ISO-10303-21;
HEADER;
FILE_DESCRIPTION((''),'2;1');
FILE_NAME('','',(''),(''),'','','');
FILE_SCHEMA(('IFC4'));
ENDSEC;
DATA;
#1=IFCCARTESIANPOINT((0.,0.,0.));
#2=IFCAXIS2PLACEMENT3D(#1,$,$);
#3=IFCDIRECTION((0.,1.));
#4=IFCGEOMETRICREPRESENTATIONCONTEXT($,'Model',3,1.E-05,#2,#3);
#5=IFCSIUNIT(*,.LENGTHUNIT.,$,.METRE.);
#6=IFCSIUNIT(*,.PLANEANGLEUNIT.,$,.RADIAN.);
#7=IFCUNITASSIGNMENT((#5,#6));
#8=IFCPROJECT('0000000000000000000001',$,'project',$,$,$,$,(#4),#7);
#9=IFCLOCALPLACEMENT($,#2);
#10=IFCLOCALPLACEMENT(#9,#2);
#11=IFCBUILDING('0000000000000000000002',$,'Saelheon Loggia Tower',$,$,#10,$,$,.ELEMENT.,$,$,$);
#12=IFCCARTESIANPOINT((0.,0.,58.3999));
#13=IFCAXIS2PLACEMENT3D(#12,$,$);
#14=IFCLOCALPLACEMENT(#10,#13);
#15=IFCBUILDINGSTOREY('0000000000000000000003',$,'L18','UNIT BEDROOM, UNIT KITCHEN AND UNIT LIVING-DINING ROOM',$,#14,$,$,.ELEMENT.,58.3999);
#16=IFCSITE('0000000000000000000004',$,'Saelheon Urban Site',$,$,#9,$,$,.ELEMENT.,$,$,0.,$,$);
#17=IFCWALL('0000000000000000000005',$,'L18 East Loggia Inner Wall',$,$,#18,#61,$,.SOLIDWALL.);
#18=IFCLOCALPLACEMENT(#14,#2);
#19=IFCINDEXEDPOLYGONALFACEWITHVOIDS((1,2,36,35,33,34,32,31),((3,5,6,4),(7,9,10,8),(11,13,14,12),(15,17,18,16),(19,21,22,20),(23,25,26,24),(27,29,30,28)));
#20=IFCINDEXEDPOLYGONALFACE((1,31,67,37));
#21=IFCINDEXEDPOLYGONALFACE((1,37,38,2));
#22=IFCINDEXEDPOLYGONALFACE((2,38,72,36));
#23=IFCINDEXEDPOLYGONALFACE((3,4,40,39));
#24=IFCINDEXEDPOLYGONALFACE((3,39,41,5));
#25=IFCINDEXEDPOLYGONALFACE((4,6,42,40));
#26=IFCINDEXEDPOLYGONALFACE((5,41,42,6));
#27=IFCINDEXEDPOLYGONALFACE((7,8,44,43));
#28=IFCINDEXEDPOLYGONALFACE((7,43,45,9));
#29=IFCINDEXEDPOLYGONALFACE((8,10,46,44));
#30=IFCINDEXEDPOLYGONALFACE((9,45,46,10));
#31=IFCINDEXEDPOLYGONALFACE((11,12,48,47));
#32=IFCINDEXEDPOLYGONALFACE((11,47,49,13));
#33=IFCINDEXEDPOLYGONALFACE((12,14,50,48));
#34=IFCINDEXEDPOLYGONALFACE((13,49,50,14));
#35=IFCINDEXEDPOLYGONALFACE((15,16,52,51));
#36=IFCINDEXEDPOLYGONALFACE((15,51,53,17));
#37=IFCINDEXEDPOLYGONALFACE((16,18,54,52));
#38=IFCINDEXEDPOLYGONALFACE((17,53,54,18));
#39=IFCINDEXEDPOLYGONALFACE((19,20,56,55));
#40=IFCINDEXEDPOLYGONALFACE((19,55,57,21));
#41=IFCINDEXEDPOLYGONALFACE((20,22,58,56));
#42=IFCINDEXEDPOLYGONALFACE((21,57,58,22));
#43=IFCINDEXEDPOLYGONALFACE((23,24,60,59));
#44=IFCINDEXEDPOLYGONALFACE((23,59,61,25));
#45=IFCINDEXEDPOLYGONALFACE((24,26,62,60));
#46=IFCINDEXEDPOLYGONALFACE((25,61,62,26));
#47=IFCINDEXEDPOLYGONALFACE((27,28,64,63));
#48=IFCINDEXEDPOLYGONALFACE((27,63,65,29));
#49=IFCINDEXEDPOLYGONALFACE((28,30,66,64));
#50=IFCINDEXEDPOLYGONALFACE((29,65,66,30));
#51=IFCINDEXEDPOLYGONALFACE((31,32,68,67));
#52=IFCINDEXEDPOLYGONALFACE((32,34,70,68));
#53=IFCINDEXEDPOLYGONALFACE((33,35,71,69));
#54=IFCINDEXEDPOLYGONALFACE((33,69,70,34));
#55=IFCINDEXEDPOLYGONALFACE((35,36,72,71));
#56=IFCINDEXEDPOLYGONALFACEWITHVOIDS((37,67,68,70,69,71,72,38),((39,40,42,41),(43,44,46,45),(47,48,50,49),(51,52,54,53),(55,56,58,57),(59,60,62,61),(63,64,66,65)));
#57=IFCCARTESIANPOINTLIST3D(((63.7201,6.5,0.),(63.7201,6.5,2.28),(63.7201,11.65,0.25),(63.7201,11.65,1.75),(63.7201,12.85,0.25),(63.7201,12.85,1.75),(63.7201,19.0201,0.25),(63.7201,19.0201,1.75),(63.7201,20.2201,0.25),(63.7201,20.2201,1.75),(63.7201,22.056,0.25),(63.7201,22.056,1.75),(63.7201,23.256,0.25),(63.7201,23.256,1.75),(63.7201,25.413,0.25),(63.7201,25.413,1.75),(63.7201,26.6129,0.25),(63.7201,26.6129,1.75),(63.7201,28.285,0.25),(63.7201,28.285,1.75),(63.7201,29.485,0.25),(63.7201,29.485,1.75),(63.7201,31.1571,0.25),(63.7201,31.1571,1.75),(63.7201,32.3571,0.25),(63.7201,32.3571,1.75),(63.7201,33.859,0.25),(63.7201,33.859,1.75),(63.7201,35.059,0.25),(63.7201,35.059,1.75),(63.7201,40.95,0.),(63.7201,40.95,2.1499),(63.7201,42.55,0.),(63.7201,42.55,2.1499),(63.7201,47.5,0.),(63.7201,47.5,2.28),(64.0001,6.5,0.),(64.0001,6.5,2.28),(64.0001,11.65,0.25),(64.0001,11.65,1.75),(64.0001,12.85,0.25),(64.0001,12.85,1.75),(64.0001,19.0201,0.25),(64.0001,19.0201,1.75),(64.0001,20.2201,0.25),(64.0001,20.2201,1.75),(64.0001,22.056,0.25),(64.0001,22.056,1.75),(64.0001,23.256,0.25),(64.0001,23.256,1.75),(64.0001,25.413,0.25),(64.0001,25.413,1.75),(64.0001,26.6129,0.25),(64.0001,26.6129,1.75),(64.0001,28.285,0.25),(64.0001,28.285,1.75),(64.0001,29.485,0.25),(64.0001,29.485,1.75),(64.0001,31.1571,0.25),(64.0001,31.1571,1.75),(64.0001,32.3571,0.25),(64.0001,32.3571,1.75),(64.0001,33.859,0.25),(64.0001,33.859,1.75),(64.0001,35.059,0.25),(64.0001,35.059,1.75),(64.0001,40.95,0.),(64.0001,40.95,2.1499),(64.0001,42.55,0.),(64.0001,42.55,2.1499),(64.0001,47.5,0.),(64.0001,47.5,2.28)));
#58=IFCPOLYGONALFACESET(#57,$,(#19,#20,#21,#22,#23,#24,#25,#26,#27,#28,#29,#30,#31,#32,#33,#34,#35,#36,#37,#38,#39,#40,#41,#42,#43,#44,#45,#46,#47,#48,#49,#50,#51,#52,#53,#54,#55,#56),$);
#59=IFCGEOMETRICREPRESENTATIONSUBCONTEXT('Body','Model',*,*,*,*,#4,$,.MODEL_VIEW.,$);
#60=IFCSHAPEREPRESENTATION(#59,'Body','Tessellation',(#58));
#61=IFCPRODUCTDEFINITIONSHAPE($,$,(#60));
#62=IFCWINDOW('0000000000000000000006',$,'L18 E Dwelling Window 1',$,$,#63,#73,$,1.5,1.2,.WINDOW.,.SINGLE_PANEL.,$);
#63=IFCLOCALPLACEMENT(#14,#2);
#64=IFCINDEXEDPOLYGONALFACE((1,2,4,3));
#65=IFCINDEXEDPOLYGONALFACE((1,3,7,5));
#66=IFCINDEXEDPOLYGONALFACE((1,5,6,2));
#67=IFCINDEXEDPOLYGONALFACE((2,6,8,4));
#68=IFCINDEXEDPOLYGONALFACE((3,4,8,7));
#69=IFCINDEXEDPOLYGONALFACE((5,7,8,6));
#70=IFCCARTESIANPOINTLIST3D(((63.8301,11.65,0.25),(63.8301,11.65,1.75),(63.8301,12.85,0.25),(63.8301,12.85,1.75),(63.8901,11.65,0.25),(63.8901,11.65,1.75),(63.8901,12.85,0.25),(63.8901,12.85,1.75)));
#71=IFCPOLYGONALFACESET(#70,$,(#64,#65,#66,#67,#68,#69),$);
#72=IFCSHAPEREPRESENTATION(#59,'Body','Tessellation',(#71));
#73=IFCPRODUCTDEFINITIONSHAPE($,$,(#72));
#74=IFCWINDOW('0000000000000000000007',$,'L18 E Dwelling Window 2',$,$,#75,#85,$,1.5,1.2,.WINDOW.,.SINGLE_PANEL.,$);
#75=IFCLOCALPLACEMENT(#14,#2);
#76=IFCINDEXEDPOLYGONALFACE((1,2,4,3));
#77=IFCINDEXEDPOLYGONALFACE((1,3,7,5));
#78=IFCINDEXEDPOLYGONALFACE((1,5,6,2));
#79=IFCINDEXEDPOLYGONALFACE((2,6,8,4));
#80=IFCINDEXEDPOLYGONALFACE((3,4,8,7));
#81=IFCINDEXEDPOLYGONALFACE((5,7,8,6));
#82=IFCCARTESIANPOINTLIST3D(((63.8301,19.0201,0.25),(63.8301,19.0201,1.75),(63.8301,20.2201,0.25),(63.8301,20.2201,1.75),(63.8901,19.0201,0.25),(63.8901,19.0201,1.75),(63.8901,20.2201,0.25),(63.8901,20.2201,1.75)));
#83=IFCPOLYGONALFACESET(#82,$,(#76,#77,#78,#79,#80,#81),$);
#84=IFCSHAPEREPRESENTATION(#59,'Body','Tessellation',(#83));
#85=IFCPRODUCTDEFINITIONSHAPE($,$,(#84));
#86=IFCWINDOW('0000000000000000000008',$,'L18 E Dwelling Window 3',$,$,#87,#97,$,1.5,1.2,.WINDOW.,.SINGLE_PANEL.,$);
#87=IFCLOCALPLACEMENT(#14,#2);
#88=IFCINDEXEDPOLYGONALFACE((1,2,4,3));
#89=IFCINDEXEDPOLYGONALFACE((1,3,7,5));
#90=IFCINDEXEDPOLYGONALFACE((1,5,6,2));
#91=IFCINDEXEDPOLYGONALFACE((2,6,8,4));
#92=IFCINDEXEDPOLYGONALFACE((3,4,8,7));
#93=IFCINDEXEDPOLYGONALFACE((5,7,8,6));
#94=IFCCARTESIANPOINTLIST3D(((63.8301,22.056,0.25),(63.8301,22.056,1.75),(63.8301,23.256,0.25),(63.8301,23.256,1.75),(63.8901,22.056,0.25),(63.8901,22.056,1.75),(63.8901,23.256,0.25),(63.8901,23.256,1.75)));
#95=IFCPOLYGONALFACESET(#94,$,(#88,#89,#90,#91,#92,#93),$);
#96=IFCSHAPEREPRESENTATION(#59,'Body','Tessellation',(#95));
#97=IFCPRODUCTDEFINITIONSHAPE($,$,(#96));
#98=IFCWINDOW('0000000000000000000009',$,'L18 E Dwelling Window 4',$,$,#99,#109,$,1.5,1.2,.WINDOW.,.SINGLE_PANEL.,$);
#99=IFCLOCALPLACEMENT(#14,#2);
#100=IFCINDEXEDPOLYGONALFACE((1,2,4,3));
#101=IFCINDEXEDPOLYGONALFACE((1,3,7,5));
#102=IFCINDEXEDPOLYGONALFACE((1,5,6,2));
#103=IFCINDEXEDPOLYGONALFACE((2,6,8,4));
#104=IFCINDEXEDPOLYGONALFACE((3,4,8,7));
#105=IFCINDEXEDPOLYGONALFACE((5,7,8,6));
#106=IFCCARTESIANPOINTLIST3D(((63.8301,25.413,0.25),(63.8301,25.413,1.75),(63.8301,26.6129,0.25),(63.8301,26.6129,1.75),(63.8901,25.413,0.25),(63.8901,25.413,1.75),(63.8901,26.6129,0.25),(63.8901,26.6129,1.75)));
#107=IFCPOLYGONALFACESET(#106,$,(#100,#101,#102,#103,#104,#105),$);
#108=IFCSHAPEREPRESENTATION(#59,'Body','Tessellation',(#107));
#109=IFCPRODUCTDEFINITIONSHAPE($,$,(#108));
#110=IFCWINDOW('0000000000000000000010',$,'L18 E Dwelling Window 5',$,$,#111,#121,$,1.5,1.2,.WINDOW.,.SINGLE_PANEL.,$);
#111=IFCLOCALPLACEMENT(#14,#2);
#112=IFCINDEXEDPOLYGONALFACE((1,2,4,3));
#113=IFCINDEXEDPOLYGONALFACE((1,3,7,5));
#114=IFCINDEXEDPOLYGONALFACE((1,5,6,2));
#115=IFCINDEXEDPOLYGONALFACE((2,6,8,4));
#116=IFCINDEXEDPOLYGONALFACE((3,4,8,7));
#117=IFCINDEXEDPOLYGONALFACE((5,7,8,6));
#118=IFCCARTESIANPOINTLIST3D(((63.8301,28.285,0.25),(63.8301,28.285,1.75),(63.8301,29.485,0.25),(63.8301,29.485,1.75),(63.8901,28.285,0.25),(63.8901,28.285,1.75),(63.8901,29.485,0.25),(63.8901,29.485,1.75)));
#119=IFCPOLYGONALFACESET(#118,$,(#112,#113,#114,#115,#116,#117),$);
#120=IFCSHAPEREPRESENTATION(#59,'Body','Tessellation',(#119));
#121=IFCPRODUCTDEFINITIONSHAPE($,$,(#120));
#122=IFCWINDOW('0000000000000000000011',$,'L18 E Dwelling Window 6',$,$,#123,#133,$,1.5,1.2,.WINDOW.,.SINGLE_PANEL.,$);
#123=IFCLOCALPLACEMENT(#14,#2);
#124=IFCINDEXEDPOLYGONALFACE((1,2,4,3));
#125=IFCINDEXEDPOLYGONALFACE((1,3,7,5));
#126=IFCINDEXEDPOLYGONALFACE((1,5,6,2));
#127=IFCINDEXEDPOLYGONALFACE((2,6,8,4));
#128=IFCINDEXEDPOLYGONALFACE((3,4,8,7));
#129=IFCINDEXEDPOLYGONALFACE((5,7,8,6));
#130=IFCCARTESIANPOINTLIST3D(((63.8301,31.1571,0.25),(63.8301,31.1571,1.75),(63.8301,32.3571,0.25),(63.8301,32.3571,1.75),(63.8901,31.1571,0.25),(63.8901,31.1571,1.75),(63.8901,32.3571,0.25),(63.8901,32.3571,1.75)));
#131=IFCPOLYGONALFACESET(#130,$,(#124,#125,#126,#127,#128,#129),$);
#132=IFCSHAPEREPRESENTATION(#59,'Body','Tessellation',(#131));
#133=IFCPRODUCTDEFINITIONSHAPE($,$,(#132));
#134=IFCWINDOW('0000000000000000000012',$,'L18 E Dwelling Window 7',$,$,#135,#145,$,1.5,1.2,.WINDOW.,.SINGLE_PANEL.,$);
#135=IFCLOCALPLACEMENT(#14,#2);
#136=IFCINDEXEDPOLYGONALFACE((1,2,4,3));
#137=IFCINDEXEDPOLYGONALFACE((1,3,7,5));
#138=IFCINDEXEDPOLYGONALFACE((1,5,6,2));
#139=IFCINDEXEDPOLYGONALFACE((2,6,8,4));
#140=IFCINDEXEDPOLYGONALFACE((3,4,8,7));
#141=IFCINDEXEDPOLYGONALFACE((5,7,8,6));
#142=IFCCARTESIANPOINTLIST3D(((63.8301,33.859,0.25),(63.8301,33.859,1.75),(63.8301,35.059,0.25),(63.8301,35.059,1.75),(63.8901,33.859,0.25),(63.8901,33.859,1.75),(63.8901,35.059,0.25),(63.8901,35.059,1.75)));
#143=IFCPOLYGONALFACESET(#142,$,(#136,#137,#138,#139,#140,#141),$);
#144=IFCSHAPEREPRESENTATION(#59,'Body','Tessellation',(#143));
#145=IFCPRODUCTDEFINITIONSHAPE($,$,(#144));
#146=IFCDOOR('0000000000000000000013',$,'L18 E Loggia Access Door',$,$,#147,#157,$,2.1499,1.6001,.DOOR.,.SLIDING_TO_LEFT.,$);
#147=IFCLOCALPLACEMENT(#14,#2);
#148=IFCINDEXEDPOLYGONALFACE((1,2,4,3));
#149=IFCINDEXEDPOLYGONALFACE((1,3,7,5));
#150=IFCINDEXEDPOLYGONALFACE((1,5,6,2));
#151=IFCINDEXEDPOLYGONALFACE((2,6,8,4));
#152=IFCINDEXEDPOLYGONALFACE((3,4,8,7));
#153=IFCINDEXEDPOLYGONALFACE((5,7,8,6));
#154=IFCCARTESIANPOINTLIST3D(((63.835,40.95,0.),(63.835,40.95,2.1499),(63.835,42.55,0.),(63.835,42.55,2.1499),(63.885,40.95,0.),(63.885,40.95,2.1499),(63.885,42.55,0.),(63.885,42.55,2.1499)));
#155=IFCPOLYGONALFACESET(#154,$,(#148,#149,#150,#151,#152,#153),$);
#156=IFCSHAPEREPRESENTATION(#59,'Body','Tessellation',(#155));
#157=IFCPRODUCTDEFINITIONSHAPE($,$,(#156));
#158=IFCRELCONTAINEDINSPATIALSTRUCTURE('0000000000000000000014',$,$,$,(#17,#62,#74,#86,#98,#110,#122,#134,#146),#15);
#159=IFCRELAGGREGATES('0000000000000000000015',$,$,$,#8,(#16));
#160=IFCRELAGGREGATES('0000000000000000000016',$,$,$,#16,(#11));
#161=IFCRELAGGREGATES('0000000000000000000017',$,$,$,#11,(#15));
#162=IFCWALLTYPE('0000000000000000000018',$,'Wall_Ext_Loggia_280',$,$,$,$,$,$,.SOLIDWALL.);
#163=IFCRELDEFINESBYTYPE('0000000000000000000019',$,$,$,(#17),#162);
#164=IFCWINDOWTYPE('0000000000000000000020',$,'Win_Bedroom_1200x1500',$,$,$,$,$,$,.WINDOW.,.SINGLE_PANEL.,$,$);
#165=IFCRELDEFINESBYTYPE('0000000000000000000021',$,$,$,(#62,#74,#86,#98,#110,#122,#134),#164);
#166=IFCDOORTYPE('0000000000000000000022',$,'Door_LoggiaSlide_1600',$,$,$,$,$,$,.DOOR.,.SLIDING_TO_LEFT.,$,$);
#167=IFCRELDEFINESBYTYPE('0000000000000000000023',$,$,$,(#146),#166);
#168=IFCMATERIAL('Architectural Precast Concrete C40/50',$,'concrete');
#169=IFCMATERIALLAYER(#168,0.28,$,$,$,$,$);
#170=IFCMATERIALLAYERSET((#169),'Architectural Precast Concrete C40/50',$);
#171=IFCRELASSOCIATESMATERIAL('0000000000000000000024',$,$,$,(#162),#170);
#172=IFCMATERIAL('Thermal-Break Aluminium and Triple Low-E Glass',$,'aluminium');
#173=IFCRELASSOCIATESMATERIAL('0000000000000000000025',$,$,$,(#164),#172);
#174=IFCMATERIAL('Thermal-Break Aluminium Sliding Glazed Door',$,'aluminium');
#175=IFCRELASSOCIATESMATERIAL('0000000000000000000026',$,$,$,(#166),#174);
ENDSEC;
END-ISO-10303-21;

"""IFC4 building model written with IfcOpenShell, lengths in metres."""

from ifc_helpers import new_model, si_unit, direction, frame, frame_2d, origin, place, context, subcontext, project, spatial, rectangle, extrude, source, transform, mapped, material, layer, layer_set, type_object, element, fill, save


model = new_model("IFC4")

# Units and contexts
model_context = context("Model", 3, precision=1e-05, world=origin(), true_north=direction((0.0, 1.0)))
body_context = subcontext(model_context, "Body", "Model", "MODEL_VIEW")
ifc_project = project(units=[si_unit("LENGTHUNIT", "METRE"), si_unit("PLANEANGLEUNIT", "RADIAN")], contexts=[model_context])

# Site, building, storey
site_placement = place(None, origin())
site = spatial("IfcSite", under=ifc_project, at=site_placement, Name="Saelheon Urban Site", CompositionType="ELEMENT", RefElevation=0.0)
building_placement = place(site_placement, origin())
building = spatial("IfcBuilding", under=site, at=building_placement, Name="Saelheon Loggia Tower", CompositionType="ELEMENT")
storey_placement = place(building_placement, frame((0.0, 0.0, 58.3999)))
storey = spatial("IfcBuildingStorey", under=building, at=storey_placement, Name="L18", Description="UNIT BEDROOM, UNIT KITCHEN AND UNIT LIVING-DINING ROOM", CompositionType="ELEMENT", Elevation=58.3999)

# Wall, openings, windows, door
ifc_material_1 = material(Name="Architectural Precast Concrete C40/50", Category="concrete")
ifc_layer_1 = layer(ifc_material_1, 0.28)
ifc_layer_set_1 = layer_set([ifc_layer_1], Name="Architectural Precast Concrete C40/50")
wall_type_1 = type_object("IfcWallType", Name="Wall_Ext_Loggia_280", PredefinedType="SOLIDWALL", material=ifc_layer_set_1)
wall_1_placement = place(storey_placement, frame((63.8601, 6.5, 0.0), z_axis=(0.0, 0.0, 1.0), x_axis=(0.0, 1.0, 0.0)))
wall_1 = element("IfcWall", 1, at=wall_1_placement, inside=storey, type_object=wall_type_1, Name="L18 East Loggia Inner Wall", PredefinedType="SOLIDWALL", context=body_context, shape_type="SweptSolid", body=[
    extrude(rectangle(XDim=41.0, YDim=0.28, at=frame_2d((20.5, 0.0))), origin(), (0.0, 0.0, 1.0), 2.28),
])
opening_1_placement = place(wall_1_placement, frame((5.1499, 0.0, 0.25)))
opening_1 = element("IfcOpeningElement", 2, at=opening_1_placement, cuts=wall_1, PredefinedType="OPENING", context=body_context, shape_type="SweptSolid", body=[
    extrude(rectangle(XDim=1.2, YDim=1.5, at=frame_2d((0.6001, 0.75))), frame((0.0, 0.1521, 0.0), z_axis=(0.0, -1.0, 0.0), x_axis=(1.0, 0.0, 0.0)), (0.0, 0.0, 1.0), 0.304),
])
opening_2_placement = place(wall_1_placement, frame((12.52, 0.0, 0.25)))
opening_2 = element("IfcOpeningElement", 3, at=opening_2_placement, cuts=wall_1, PredefinedType="OPENING", context=body_context, shape_type="SweptSolid", body=[
    extrude(rectangle(XDim=1.2, YDim=1.5, at=frame_2d((0.6001, 0.75))), frame((0.0, 0.1521, 0.0), z_axis=(0.0, -1.0, 0.0), x_axis=(1.0, 0.0, 0.0)), (0.0, 0.0, 1.0), 0.304),
])
opening_3_placement = place(wall_1_placement, frame((15.5559, 0.0, 0.25)))
opening_3 = element("IfcOpeningElement", 4, at=opening_3_placement, cuts=wall_1, PredefinedType="OPENING", context=body_context, shape_type="SweptSolid", body=[
    extrude(rectangle(XDim=1.2, YDim=1.5, at=frame_2d((0.6001, 0.75))), frame((0.0, 0.1521, 0.0), z_axis=(0.0, -1.0, 0.0), x_axis=(1.0, 0.0, 0.0)), (0.0, 0.0, 1.0), 0.304),
])
opening_4_placement = place(wall_1_placement, frame((18.9128, 0.0, 0.25)))
opening_4 = element("IfcOpeningElement", 5, at=opening_4_placement, cuts=wall_1, PredefinedType="OPENING", context=body_context, shape_type="SweptSolid", body=[
    extrude(rectangle(XDim=1.2, YDim=1.5, at=frame_2d((0.6001, 0.75))), frame((0.0, 0.1521, 0.0), z_axis=(0.0, -1.0, 0.0), x_axis=(1.0, 0.0, 0.0)), (0.0, 0.0, 1.0), 0.304),
])
opening_5_placement = place(wall_1_placement, frame((21.7849, 0.0, 0.25)))
opening_5 = element("IfcOpeningElement", 6, at=opening_5_placement, cuts=wall_1, PredefinedType="OPENING", context=body_context, shape_type="SweptSolid", body=[
    extrude(rectangle(XDim=1.2, YDim=1.5, at=frame_2d((0.6001, 0.75))), frame((0.0, 0.1521, 0.0), z_axis=(0.0, -1.0, 0.0), x_axis=(1.0, 0.0, 0.0)), (0.0, 0.0, 1.0), 0.304),
])
opening_6_placement = place(wall_1_placement, frame((24.657, 0.0, 0.25)))
opening_6 = element("IfcOpeningElement", 7, at=opening_6_placement, cuts=wall_1, PredefinedType="OPENING", context=body_context, shape_type="SweptSolid", body=[
    extrude(rectangle(XDim=1.2, YDim=1.5, at=frame_2d((0.6001, 0.75))), frame((0.0, 0.1521, 0.0), z_axis=(0.0, -1.0, 0.0), x_axis=(1.0, 0.0, 0.0)), (0.0, 0.0, 1.0), 0.304),
])
opening_7_placement = place(wall_1_placement, frame((27.3589, 0.0, 0.25)))
opening_7 = element("IfcOpeningElement", 8, at=opening_7_placement, cuts=wall_1, PredefinedType="OPENING", context=body_context, shape_type="SweptSolid", body=[
    extrude(rectangle(XDim=1.2, YDim=1.5, at=frame_2d((0.6001, 0.75))), frame((0.0, 0.1521, 0.0), z_axis=(0.0, -1.0, 0.0), x_axis=(1.0, 0.0, 0.0)), (0.0, 0.0, 1.0), 0.304),
])
opening_8_placement = place(wall_1_placement, frame((36.05, 0.0, 0.0), z_axis=(0.0, 0.0, 1.0), x_axis=(-1.0, 0.0, 0.0)))
opening_8 = element("IfcOpeningElement", 9, at=opening_8_placement, cuts=wall_1, PredefinedType="OPENING", context=body_context, shape_type="SweptSolid", body=[
    extrude(rectangle(XDim=1.6001, YDim=2.1499, at=frame_2d((0.8, 1.075))), frame((0.0, 0.1521, 0.0), z_axis=(0.0, -1.0, 0.0), x_axis=(1.0, 0.0, 0.0)), (0.0, 0.0, 1.0), 0.304),
])
ifc_material_2 = material(Name="Thermal-Break Aluminium and Triple Low-E Glass", Category="aluminium")
window_type = type_object("IfcWindowType", Name="Win_Bedroom_1200x1500", PartitioningType="SINGLE_PANEL", PredefinedType="WINDOW", material=ifc_material_2)
shared_shape_1 = source(origin(), body_context, "Body", "SweptSolid", [
    extrude(rectangle(XDim=1.2, YDim=1.5, at=frame_2d((0.6001, 0.75))), frame((0.0, 0.03, 0.0), z_axis=(0.0, -1.0, 0.0), x_axis=(1.0, 0.0, 0.0)), (0.0, 0.0, 1.0), 0.0601),
])
window_1_placement = place(opening_1_placement, origin())
window_1 = element("IfcWindow", 10, at=window_1_placement, inside=storey, type_object=window_type, Name="L18 E Dwelling Window 1", OverallHeight=1.5, OverallWidth=1.2, PartitioningType="SINGLE_PANEL", PredefinedType="WINDOW", context=body_context, shape_type="MappedRepresentation", body=[
    mapped(shared_shape_1, transform((0.0, 0.0, 0.0), scale=1.0)),
])
fill(opening_1, window_1)
window_2_placement = place(opening_2_placement, origin())
window_2 = element("IfcWindow", 11, at=window_2_placement, inside=storey, type_object=window_type, Name="L18 E Dwelling Window 2", OverallHeight=1.5, OverallWidth=1.2, PartitioningType="SINGLE_PANEL", PredefinedType="WINDOW", context=body_context, shape_type="MappedRepresentation", body=[
    mapped(shared_shape_1, transform((0.0, 0.0, 0.0), scale=1.0)),
])
fill(opening_2, window_2)
window_3_placement = place(opening_3_placement, origin())
window_3 = element("IfcWindow", 12, at=window_3_placement, inside=storey, type_object=window_type, Name="L18 E Dwelling Window 3", OverallHeight=1.5, OverallWidth=1.2, PartitioningType="SINGLE_PANEL", PredefinedType="WINDOW", context=body_context, shape_type="MappedRepresentation", body=[
    mapped(shared_shape_1, transform((0.0, 0.0, 0.0), scale=1.0)),
])
fill(opening_3, window_3)
window_4_placement = place(opening_4_placement, origin())
window_4 = element("IfcWindow", 13, at=window_4_placement, inside=storey, type_object=window_type, Name="L18 E Dwelling Window 4", OverallHeight=1.5, OverallWidth=1.2, PartitioningType="SINGLE_PANEL", PredefinedType="WINDOW", context=body_context, shape_type="MappedRepresentation", body=[
    mapped(shared_shape_1, transform((0.0, 0.0, 0.0), scale=1.0)),
])
fill(opening_4, window_4)
window_5_placement = place(opening_5_placement, origin())
window_5 = element("IfcWindow", 14, at=window_5_placement, inside=storey, type_object=window_type, Name="L18 E Dwelling Window 5", OverallHeight=1.5, OverallWidth=1.2, PartitioningType="SINGLE_PANEL", PredefinedType="WINDOW", context=body_context, shape_type="MappedRepresentation", body=[
    mapped(shared_shape_1, transform((0.0, 0.0, 0.0), scale=1.0)),
])
fill(opening_5, window_5)
window_6_placement = place(opening_6_placement, origin())
window_6 = element("IfcWindow", 15, at=window_6_placement, inside=storey, type_object=window_type, Name="L18 E Dwelling Window 6", OverallHeight=1.5, OverallWidth=1.2, PartitioningType="SINGLE_PANEL", PredefinedType="WINDOW", context=body_context, shape_type="MappedRepresentation", body=[
    mapped(shared_shape_1, transform((0.0, 0.0, 0.0), scale=1.0)),
])
fill(opening_6, window_6)
window_7_placement = place(opening_7_placement, origin())
window_7 = element("IfcWindow", 16, at=window_7_placement, inside=storey, type_object=window_type, Name="L18 E Dwelling Window 7", OverallHeight=1.5, OverallWidth=1.2, PartitioningType="SINGLE_PANEL", PredefinedType="WINDOW", context=body_context, shape_type="MappedRepresentation", body=[
    mapped(shared_shape_1, transform((0.0, 0.0, 0.0), scale=1.0)),
])
fill(opening_7, window_7)
ifc_material_3 = material(Name="Thermal-Break Aluminium Sliding Glazed Door", Category="aluminium")
door_type = type_object("IfcDoorType", Name="Door_LoggiaSlide_1600", OperationType="SLIDING_TO_LEFT", PredefinedType="DOOR", material=ifc_material_3)
shared_shape_2 = source(origin(), body_context, "Body", "SweptSolid", [
    extrude(rectangle(XDim=1.6001, YDim=2.1499, at=frame_2d((0.8, 1.075))), frame((0.0, 0.0249, 0.0), z_axis=(0.0, -1.0, 0.0), x_axis=(1.0, 0.0, 0.0)), (0.0, 0.0, 1.0), 0.05),
])
door_placement = place(opening_8_placement, origin())
door = element("IfcDoor", 17, at=door_placement, inside=storey, type_object=door_type, Name="L18 E Loggia Access Door", OperationType="SLIDING_TO_LEFT", OverallHeight=2.1499, OverallWidth=1.6001, PredefinedType="DOOR", context=body_context, shape_type="MappedRepresentation", body=[
    mapped(shared_shape_2, transform((0.0, 0.0, 0.0), scale=1.0)),
])
fill(opening_8, door)

save(model, "model.ifc")
